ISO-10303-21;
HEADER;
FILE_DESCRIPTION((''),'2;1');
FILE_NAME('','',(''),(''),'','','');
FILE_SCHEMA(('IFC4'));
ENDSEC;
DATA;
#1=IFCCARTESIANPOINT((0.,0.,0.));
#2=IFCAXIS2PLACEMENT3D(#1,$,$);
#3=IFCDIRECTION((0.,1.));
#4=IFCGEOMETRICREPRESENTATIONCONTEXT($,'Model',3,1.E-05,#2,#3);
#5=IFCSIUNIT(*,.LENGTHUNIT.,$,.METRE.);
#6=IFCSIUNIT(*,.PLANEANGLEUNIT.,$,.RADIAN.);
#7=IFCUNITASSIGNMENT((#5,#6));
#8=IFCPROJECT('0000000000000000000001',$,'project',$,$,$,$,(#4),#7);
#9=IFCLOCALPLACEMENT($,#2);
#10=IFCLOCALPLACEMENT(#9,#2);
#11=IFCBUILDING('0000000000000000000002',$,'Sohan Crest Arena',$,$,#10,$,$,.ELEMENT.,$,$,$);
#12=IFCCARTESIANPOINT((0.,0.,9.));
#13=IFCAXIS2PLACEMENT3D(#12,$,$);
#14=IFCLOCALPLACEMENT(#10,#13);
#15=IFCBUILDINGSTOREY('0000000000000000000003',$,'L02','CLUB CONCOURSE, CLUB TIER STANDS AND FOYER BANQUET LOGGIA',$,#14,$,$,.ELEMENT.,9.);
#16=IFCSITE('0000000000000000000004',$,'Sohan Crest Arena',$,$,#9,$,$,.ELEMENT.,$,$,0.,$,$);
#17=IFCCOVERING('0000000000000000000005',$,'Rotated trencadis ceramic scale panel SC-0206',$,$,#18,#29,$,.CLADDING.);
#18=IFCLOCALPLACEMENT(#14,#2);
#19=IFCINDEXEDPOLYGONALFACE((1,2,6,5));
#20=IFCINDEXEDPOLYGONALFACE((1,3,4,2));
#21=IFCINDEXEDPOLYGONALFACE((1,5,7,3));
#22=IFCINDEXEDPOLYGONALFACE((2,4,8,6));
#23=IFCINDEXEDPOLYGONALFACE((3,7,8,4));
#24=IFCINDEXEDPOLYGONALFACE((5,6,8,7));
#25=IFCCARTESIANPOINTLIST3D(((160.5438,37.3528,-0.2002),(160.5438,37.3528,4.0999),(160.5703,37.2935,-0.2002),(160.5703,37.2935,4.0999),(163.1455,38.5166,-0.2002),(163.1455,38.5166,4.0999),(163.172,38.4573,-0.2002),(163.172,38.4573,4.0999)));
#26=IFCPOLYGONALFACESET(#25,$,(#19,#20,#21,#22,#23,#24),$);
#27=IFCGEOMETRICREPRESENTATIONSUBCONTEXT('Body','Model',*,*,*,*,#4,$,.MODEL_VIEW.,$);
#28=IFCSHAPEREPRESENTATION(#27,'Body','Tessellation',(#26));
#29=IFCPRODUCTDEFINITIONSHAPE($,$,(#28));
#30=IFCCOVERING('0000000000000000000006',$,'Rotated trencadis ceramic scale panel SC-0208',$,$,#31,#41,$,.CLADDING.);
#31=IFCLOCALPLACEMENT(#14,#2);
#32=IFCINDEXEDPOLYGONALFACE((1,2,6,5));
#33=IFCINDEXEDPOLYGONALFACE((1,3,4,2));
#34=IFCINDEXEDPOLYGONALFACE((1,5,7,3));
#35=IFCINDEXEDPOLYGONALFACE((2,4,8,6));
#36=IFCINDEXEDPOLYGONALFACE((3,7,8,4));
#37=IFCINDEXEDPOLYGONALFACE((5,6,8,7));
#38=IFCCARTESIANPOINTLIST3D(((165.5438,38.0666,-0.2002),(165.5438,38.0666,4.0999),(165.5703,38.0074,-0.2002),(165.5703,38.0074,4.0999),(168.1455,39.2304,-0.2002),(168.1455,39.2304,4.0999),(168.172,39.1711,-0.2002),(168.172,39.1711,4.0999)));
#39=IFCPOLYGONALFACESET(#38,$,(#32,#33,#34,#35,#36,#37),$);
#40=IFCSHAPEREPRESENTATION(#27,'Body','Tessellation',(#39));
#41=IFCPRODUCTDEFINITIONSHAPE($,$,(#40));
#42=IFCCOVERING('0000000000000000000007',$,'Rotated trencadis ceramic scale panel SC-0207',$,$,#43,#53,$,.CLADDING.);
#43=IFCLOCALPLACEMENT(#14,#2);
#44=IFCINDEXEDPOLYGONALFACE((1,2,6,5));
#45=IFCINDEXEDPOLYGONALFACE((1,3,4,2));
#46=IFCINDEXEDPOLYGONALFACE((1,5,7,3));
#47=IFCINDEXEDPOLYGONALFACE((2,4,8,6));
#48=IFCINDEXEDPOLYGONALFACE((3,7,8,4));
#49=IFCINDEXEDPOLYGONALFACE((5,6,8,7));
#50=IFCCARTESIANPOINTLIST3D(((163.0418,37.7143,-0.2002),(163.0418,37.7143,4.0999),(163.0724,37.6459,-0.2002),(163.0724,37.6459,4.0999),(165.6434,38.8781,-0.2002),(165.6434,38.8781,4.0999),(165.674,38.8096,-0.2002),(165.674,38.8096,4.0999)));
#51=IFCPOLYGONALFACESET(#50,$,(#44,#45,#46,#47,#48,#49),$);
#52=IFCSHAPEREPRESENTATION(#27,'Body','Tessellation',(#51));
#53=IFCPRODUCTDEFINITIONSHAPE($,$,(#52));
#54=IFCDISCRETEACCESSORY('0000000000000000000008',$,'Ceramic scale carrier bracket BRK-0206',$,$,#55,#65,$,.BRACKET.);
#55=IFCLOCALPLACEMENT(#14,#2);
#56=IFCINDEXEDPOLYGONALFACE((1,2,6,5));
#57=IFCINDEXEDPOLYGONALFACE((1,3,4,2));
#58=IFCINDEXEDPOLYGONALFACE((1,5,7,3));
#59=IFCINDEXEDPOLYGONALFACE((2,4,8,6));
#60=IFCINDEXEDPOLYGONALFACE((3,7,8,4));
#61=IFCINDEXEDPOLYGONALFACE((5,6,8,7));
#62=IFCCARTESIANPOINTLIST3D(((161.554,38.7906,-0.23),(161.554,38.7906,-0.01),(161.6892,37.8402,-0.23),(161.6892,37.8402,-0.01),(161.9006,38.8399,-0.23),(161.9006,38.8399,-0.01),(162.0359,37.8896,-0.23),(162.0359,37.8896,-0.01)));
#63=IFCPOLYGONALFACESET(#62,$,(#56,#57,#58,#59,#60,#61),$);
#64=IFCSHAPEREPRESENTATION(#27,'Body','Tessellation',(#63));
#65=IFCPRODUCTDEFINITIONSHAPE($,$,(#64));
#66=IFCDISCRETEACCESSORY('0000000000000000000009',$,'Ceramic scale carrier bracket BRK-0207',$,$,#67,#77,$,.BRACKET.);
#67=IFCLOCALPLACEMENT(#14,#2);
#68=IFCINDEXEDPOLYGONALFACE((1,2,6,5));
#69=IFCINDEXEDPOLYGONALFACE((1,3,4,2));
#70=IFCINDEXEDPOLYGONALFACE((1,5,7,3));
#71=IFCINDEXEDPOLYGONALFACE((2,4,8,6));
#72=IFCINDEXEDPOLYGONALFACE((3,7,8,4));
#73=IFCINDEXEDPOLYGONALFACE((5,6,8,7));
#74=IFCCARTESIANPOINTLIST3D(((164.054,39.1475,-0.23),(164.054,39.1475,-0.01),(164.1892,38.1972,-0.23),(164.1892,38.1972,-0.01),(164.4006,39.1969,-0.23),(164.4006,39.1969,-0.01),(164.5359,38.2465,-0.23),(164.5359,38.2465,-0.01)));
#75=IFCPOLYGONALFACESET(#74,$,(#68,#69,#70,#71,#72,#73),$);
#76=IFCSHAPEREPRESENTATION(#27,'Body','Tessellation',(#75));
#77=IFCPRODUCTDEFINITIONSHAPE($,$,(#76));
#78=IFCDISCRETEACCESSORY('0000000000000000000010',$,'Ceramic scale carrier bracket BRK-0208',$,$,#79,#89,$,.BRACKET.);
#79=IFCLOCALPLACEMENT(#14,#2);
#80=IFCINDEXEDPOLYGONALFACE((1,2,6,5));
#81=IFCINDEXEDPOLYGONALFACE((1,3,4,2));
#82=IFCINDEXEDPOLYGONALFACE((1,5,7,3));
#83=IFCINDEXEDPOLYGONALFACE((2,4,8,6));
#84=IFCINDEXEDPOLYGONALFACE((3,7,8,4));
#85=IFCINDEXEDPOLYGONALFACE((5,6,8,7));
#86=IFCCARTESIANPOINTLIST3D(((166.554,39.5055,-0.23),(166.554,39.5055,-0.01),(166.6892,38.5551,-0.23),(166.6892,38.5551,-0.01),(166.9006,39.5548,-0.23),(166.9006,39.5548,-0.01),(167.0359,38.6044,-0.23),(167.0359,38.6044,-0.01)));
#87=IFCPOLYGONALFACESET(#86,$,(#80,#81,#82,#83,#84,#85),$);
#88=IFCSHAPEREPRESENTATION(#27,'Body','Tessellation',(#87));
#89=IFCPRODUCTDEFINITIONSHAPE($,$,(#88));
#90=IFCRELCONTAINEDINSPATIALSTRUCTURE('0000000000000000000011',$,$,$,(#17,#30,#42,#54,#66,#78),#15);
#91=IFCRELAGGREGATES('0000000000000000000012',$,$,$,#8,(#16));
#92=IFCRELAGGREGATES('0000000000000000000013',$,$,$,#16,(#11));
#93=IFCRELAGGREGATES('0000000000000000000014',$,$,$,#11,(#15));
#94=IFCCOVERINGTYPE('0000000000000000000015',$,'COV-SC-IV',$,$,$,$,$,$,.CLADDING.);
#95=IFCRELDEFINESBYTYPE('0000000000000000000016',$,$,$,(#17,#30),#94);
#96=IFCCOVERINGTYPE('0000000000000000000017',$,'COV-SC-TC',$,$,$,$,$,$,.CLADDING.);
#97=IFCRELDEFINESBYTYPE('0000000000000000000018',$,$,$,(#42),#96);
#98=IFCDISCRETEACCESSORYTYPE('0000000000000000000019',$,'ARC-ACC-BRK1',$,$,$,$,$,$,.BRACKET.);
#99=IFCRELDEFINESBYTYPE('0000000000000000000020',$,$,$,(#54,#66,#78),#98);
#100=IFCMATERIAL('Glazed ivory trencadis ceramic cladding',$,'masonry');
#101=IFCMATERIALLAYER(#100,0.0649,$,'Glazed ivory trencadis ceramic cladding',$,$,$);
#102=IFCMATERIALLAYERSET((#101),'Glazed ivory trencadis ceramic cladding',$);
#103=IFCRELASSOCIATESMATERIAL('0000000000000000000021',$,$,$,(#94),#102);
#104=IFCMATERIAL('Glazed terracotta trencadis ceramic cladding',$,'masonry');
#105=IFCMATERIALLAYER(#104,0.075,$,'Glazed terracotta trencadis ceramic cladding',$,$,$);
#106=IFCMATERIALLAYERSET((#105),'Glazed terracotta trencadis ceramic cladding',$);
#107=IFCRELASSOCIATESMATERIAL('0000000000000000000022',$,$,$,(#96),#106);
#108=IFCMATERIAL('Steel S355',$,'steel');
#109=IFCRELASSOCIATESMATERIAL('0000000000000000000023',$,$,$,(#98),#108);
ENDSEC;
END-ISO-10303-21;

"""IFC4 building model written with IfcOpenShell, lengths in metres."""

from ifc_helpers import new_model, si_unit, direction, frame, origin, origin_2d, place, context, subcontext, project, spatial, rectangle, extrude, material, layer, layer_set, type_object, element, save


model = new_model("IFC4")

# Units and contexts
model_context = context("Model", 3, precision=1e-05, world=origin(), true_north=direction((0.0, 1.0)))
body_context = subcontext(model_context, "Body", "Model", "MODEL_VIEW")
ifc_project = project(units=[si_unit("LENGTHUNIT", "METRE"), si_unit("PLANEANGLEUNIT", "RADIAN")], contexts=[model_context])

# Site, building, storey
site_placement = place(None, origin())
site = spatial("IfcSite", under=ifc_project, at=site_placement, Name="Sohan Crest Arena", CompositionType="ELEMENT", RefElevation=0.0)
building_placement = place(site_placement, origin())
building = spatial("IfcBuilding", under=site, at=building_placement, Name="Sohan Crest Arena", CompositionType="ELEMENT")
storey_placement = place(building_placement, frame((0.0, 0.0, 9.0)))
storey = spatial("IfcBuildingStorey", under=building, at=storey_placement, Name="L02", Description="CLUB CONCOURSE, CLUB TIER STANDS AND FOYER BANQUET LOGGIA", CompositionType="ELEMENT", Elevation=9.0)

# Coverings
ifc_material_1 = material(Name="Glazed ivory trencadis ceramic cladding", Category="masonry")
ifc_layer_1 = layer(ifc_material_1, 0.0649, Name="Glazed ivory trencadis ceramic cladding")
ifc_layer_set_1 = layer_set([ifc_layer_1], Name="Glazed ivory trencadis ceramic cladding")
covering_type_1 = type_object("IfcCoveringType", Name="COV-SC-IV", PredefinedType="CLADDING", material=ifc_layer_set_1)
for number, where, z_axis, x_axis, name in (
    (1, (161.8579, 37.905, -0.2002), (0.0, 0.0, 1.0), (0.912834, 0.40833, 0.0), "Rotated trencadis ceramic scale panel SC-0206"),
    (2, (166.8579, 38.6189, -0.2002), (0.0, 0.0, 1.0), (0.912834, 0.40833, 0.0), "Rotated trencadis ceramic scale panel SC-0208"),
):
    element("IfcCovering", number, at=place(storey_placement, frame(where, z_axis=z_axis, x_axis=x_axis)), inside=storey, type_object=covering_type_1, Name=name, PredefinedType="CLADDING", context=body_context, shape_type="SweptSolid", body=[
        extrude(rectangle(XDim=2.8501, YDim=0.0649, at=origin_2d()), origin(), (0.0, 0.0, 1.0), 4.3),
    ])
ifc_material_2 = material(Name="Glazed terracotta trencadis ceramic cladding", Category="masonry")
ifc_layer_2 = layer(ifc_material_2, 0.075, Name="Glazed terracotta trencadis ceramic cladding")
ifc_layer_set_2 = layer_set([ifc_layer_2], Name="Glazed terracotta trencadis ceramic cladding")
covering_type_2 = type_object("IfcCoveringType", Name="COV-SC-TC", PredefinedType="CLADDING", material=ifc_layer_set_2)
covering_placement = place(storey_placement, frame((164.3579, 38.262, -0.2002), z_axis=(0.0, 0.0, 1.0), x_axis=(0.912834, 0.40833, 0.0)))
element("IfcCovering", 3, at=covering_placement, inside=storey, type_object=covering_type_2, Name="Rotated trencadis ceramic scale panel SC-0207", PredefinedType="CLADDING", context=body_context, shape_type="SweptSolid", body=[
    extrude(rectangle(XDim=2.8501, YDim=0.075, at=origin_2d()), origin(), (0.0, 0.0, 1.0), 4.3),
])

# Discrete accessories
ifc_material_3 = material(Name="Steel S355", Category="steel")
discrete_accessory_type = type_object("IfcDiscreteAccessoryType", Name="ARC-ACC-BRK1", PredefinedType="BRACKET", material=ifc_material_3)
for number, where, z_axis, x_axis, name in (
    (4, (161.7949, 38.3401, -0.23), (0.0, 0.0, 1.0), (0.990024, 0.140901, 0.0), "Ceramic scale carrier bracket BRK-0206"),
    (5, (164.2949, 38.697, -0.23), (0.0, 0.0, 1.0), (0.990024, 0.140901, 0.0), "Ceramic scale carrier bracket BRK-0207"),
    (6, (166.7949, 39.0549, -0.23), (0.0, 0.0, 1.0), (0.990024, 0.140901, 0.0), "Ceramic scale carrier bracket BRK-0208"),
):
    element("IfcDiscreteAccessory", number, at=place(storey_placement, frame(where, z_axis=z_axis, x_axis=x_axis)), inside=storey, type_object=discrete_accessory_type, Name=name, PredefinedType="BRACKET", context=body_context, shape_type="SweptSolid", body=[
        extrude(rectangle(XDim=0.3501, YDim=0.96, at=origin_2d()), origin(), (0.0, 0.0, 1.0), 0.22),
    ])

save(model, "model.ifc")
